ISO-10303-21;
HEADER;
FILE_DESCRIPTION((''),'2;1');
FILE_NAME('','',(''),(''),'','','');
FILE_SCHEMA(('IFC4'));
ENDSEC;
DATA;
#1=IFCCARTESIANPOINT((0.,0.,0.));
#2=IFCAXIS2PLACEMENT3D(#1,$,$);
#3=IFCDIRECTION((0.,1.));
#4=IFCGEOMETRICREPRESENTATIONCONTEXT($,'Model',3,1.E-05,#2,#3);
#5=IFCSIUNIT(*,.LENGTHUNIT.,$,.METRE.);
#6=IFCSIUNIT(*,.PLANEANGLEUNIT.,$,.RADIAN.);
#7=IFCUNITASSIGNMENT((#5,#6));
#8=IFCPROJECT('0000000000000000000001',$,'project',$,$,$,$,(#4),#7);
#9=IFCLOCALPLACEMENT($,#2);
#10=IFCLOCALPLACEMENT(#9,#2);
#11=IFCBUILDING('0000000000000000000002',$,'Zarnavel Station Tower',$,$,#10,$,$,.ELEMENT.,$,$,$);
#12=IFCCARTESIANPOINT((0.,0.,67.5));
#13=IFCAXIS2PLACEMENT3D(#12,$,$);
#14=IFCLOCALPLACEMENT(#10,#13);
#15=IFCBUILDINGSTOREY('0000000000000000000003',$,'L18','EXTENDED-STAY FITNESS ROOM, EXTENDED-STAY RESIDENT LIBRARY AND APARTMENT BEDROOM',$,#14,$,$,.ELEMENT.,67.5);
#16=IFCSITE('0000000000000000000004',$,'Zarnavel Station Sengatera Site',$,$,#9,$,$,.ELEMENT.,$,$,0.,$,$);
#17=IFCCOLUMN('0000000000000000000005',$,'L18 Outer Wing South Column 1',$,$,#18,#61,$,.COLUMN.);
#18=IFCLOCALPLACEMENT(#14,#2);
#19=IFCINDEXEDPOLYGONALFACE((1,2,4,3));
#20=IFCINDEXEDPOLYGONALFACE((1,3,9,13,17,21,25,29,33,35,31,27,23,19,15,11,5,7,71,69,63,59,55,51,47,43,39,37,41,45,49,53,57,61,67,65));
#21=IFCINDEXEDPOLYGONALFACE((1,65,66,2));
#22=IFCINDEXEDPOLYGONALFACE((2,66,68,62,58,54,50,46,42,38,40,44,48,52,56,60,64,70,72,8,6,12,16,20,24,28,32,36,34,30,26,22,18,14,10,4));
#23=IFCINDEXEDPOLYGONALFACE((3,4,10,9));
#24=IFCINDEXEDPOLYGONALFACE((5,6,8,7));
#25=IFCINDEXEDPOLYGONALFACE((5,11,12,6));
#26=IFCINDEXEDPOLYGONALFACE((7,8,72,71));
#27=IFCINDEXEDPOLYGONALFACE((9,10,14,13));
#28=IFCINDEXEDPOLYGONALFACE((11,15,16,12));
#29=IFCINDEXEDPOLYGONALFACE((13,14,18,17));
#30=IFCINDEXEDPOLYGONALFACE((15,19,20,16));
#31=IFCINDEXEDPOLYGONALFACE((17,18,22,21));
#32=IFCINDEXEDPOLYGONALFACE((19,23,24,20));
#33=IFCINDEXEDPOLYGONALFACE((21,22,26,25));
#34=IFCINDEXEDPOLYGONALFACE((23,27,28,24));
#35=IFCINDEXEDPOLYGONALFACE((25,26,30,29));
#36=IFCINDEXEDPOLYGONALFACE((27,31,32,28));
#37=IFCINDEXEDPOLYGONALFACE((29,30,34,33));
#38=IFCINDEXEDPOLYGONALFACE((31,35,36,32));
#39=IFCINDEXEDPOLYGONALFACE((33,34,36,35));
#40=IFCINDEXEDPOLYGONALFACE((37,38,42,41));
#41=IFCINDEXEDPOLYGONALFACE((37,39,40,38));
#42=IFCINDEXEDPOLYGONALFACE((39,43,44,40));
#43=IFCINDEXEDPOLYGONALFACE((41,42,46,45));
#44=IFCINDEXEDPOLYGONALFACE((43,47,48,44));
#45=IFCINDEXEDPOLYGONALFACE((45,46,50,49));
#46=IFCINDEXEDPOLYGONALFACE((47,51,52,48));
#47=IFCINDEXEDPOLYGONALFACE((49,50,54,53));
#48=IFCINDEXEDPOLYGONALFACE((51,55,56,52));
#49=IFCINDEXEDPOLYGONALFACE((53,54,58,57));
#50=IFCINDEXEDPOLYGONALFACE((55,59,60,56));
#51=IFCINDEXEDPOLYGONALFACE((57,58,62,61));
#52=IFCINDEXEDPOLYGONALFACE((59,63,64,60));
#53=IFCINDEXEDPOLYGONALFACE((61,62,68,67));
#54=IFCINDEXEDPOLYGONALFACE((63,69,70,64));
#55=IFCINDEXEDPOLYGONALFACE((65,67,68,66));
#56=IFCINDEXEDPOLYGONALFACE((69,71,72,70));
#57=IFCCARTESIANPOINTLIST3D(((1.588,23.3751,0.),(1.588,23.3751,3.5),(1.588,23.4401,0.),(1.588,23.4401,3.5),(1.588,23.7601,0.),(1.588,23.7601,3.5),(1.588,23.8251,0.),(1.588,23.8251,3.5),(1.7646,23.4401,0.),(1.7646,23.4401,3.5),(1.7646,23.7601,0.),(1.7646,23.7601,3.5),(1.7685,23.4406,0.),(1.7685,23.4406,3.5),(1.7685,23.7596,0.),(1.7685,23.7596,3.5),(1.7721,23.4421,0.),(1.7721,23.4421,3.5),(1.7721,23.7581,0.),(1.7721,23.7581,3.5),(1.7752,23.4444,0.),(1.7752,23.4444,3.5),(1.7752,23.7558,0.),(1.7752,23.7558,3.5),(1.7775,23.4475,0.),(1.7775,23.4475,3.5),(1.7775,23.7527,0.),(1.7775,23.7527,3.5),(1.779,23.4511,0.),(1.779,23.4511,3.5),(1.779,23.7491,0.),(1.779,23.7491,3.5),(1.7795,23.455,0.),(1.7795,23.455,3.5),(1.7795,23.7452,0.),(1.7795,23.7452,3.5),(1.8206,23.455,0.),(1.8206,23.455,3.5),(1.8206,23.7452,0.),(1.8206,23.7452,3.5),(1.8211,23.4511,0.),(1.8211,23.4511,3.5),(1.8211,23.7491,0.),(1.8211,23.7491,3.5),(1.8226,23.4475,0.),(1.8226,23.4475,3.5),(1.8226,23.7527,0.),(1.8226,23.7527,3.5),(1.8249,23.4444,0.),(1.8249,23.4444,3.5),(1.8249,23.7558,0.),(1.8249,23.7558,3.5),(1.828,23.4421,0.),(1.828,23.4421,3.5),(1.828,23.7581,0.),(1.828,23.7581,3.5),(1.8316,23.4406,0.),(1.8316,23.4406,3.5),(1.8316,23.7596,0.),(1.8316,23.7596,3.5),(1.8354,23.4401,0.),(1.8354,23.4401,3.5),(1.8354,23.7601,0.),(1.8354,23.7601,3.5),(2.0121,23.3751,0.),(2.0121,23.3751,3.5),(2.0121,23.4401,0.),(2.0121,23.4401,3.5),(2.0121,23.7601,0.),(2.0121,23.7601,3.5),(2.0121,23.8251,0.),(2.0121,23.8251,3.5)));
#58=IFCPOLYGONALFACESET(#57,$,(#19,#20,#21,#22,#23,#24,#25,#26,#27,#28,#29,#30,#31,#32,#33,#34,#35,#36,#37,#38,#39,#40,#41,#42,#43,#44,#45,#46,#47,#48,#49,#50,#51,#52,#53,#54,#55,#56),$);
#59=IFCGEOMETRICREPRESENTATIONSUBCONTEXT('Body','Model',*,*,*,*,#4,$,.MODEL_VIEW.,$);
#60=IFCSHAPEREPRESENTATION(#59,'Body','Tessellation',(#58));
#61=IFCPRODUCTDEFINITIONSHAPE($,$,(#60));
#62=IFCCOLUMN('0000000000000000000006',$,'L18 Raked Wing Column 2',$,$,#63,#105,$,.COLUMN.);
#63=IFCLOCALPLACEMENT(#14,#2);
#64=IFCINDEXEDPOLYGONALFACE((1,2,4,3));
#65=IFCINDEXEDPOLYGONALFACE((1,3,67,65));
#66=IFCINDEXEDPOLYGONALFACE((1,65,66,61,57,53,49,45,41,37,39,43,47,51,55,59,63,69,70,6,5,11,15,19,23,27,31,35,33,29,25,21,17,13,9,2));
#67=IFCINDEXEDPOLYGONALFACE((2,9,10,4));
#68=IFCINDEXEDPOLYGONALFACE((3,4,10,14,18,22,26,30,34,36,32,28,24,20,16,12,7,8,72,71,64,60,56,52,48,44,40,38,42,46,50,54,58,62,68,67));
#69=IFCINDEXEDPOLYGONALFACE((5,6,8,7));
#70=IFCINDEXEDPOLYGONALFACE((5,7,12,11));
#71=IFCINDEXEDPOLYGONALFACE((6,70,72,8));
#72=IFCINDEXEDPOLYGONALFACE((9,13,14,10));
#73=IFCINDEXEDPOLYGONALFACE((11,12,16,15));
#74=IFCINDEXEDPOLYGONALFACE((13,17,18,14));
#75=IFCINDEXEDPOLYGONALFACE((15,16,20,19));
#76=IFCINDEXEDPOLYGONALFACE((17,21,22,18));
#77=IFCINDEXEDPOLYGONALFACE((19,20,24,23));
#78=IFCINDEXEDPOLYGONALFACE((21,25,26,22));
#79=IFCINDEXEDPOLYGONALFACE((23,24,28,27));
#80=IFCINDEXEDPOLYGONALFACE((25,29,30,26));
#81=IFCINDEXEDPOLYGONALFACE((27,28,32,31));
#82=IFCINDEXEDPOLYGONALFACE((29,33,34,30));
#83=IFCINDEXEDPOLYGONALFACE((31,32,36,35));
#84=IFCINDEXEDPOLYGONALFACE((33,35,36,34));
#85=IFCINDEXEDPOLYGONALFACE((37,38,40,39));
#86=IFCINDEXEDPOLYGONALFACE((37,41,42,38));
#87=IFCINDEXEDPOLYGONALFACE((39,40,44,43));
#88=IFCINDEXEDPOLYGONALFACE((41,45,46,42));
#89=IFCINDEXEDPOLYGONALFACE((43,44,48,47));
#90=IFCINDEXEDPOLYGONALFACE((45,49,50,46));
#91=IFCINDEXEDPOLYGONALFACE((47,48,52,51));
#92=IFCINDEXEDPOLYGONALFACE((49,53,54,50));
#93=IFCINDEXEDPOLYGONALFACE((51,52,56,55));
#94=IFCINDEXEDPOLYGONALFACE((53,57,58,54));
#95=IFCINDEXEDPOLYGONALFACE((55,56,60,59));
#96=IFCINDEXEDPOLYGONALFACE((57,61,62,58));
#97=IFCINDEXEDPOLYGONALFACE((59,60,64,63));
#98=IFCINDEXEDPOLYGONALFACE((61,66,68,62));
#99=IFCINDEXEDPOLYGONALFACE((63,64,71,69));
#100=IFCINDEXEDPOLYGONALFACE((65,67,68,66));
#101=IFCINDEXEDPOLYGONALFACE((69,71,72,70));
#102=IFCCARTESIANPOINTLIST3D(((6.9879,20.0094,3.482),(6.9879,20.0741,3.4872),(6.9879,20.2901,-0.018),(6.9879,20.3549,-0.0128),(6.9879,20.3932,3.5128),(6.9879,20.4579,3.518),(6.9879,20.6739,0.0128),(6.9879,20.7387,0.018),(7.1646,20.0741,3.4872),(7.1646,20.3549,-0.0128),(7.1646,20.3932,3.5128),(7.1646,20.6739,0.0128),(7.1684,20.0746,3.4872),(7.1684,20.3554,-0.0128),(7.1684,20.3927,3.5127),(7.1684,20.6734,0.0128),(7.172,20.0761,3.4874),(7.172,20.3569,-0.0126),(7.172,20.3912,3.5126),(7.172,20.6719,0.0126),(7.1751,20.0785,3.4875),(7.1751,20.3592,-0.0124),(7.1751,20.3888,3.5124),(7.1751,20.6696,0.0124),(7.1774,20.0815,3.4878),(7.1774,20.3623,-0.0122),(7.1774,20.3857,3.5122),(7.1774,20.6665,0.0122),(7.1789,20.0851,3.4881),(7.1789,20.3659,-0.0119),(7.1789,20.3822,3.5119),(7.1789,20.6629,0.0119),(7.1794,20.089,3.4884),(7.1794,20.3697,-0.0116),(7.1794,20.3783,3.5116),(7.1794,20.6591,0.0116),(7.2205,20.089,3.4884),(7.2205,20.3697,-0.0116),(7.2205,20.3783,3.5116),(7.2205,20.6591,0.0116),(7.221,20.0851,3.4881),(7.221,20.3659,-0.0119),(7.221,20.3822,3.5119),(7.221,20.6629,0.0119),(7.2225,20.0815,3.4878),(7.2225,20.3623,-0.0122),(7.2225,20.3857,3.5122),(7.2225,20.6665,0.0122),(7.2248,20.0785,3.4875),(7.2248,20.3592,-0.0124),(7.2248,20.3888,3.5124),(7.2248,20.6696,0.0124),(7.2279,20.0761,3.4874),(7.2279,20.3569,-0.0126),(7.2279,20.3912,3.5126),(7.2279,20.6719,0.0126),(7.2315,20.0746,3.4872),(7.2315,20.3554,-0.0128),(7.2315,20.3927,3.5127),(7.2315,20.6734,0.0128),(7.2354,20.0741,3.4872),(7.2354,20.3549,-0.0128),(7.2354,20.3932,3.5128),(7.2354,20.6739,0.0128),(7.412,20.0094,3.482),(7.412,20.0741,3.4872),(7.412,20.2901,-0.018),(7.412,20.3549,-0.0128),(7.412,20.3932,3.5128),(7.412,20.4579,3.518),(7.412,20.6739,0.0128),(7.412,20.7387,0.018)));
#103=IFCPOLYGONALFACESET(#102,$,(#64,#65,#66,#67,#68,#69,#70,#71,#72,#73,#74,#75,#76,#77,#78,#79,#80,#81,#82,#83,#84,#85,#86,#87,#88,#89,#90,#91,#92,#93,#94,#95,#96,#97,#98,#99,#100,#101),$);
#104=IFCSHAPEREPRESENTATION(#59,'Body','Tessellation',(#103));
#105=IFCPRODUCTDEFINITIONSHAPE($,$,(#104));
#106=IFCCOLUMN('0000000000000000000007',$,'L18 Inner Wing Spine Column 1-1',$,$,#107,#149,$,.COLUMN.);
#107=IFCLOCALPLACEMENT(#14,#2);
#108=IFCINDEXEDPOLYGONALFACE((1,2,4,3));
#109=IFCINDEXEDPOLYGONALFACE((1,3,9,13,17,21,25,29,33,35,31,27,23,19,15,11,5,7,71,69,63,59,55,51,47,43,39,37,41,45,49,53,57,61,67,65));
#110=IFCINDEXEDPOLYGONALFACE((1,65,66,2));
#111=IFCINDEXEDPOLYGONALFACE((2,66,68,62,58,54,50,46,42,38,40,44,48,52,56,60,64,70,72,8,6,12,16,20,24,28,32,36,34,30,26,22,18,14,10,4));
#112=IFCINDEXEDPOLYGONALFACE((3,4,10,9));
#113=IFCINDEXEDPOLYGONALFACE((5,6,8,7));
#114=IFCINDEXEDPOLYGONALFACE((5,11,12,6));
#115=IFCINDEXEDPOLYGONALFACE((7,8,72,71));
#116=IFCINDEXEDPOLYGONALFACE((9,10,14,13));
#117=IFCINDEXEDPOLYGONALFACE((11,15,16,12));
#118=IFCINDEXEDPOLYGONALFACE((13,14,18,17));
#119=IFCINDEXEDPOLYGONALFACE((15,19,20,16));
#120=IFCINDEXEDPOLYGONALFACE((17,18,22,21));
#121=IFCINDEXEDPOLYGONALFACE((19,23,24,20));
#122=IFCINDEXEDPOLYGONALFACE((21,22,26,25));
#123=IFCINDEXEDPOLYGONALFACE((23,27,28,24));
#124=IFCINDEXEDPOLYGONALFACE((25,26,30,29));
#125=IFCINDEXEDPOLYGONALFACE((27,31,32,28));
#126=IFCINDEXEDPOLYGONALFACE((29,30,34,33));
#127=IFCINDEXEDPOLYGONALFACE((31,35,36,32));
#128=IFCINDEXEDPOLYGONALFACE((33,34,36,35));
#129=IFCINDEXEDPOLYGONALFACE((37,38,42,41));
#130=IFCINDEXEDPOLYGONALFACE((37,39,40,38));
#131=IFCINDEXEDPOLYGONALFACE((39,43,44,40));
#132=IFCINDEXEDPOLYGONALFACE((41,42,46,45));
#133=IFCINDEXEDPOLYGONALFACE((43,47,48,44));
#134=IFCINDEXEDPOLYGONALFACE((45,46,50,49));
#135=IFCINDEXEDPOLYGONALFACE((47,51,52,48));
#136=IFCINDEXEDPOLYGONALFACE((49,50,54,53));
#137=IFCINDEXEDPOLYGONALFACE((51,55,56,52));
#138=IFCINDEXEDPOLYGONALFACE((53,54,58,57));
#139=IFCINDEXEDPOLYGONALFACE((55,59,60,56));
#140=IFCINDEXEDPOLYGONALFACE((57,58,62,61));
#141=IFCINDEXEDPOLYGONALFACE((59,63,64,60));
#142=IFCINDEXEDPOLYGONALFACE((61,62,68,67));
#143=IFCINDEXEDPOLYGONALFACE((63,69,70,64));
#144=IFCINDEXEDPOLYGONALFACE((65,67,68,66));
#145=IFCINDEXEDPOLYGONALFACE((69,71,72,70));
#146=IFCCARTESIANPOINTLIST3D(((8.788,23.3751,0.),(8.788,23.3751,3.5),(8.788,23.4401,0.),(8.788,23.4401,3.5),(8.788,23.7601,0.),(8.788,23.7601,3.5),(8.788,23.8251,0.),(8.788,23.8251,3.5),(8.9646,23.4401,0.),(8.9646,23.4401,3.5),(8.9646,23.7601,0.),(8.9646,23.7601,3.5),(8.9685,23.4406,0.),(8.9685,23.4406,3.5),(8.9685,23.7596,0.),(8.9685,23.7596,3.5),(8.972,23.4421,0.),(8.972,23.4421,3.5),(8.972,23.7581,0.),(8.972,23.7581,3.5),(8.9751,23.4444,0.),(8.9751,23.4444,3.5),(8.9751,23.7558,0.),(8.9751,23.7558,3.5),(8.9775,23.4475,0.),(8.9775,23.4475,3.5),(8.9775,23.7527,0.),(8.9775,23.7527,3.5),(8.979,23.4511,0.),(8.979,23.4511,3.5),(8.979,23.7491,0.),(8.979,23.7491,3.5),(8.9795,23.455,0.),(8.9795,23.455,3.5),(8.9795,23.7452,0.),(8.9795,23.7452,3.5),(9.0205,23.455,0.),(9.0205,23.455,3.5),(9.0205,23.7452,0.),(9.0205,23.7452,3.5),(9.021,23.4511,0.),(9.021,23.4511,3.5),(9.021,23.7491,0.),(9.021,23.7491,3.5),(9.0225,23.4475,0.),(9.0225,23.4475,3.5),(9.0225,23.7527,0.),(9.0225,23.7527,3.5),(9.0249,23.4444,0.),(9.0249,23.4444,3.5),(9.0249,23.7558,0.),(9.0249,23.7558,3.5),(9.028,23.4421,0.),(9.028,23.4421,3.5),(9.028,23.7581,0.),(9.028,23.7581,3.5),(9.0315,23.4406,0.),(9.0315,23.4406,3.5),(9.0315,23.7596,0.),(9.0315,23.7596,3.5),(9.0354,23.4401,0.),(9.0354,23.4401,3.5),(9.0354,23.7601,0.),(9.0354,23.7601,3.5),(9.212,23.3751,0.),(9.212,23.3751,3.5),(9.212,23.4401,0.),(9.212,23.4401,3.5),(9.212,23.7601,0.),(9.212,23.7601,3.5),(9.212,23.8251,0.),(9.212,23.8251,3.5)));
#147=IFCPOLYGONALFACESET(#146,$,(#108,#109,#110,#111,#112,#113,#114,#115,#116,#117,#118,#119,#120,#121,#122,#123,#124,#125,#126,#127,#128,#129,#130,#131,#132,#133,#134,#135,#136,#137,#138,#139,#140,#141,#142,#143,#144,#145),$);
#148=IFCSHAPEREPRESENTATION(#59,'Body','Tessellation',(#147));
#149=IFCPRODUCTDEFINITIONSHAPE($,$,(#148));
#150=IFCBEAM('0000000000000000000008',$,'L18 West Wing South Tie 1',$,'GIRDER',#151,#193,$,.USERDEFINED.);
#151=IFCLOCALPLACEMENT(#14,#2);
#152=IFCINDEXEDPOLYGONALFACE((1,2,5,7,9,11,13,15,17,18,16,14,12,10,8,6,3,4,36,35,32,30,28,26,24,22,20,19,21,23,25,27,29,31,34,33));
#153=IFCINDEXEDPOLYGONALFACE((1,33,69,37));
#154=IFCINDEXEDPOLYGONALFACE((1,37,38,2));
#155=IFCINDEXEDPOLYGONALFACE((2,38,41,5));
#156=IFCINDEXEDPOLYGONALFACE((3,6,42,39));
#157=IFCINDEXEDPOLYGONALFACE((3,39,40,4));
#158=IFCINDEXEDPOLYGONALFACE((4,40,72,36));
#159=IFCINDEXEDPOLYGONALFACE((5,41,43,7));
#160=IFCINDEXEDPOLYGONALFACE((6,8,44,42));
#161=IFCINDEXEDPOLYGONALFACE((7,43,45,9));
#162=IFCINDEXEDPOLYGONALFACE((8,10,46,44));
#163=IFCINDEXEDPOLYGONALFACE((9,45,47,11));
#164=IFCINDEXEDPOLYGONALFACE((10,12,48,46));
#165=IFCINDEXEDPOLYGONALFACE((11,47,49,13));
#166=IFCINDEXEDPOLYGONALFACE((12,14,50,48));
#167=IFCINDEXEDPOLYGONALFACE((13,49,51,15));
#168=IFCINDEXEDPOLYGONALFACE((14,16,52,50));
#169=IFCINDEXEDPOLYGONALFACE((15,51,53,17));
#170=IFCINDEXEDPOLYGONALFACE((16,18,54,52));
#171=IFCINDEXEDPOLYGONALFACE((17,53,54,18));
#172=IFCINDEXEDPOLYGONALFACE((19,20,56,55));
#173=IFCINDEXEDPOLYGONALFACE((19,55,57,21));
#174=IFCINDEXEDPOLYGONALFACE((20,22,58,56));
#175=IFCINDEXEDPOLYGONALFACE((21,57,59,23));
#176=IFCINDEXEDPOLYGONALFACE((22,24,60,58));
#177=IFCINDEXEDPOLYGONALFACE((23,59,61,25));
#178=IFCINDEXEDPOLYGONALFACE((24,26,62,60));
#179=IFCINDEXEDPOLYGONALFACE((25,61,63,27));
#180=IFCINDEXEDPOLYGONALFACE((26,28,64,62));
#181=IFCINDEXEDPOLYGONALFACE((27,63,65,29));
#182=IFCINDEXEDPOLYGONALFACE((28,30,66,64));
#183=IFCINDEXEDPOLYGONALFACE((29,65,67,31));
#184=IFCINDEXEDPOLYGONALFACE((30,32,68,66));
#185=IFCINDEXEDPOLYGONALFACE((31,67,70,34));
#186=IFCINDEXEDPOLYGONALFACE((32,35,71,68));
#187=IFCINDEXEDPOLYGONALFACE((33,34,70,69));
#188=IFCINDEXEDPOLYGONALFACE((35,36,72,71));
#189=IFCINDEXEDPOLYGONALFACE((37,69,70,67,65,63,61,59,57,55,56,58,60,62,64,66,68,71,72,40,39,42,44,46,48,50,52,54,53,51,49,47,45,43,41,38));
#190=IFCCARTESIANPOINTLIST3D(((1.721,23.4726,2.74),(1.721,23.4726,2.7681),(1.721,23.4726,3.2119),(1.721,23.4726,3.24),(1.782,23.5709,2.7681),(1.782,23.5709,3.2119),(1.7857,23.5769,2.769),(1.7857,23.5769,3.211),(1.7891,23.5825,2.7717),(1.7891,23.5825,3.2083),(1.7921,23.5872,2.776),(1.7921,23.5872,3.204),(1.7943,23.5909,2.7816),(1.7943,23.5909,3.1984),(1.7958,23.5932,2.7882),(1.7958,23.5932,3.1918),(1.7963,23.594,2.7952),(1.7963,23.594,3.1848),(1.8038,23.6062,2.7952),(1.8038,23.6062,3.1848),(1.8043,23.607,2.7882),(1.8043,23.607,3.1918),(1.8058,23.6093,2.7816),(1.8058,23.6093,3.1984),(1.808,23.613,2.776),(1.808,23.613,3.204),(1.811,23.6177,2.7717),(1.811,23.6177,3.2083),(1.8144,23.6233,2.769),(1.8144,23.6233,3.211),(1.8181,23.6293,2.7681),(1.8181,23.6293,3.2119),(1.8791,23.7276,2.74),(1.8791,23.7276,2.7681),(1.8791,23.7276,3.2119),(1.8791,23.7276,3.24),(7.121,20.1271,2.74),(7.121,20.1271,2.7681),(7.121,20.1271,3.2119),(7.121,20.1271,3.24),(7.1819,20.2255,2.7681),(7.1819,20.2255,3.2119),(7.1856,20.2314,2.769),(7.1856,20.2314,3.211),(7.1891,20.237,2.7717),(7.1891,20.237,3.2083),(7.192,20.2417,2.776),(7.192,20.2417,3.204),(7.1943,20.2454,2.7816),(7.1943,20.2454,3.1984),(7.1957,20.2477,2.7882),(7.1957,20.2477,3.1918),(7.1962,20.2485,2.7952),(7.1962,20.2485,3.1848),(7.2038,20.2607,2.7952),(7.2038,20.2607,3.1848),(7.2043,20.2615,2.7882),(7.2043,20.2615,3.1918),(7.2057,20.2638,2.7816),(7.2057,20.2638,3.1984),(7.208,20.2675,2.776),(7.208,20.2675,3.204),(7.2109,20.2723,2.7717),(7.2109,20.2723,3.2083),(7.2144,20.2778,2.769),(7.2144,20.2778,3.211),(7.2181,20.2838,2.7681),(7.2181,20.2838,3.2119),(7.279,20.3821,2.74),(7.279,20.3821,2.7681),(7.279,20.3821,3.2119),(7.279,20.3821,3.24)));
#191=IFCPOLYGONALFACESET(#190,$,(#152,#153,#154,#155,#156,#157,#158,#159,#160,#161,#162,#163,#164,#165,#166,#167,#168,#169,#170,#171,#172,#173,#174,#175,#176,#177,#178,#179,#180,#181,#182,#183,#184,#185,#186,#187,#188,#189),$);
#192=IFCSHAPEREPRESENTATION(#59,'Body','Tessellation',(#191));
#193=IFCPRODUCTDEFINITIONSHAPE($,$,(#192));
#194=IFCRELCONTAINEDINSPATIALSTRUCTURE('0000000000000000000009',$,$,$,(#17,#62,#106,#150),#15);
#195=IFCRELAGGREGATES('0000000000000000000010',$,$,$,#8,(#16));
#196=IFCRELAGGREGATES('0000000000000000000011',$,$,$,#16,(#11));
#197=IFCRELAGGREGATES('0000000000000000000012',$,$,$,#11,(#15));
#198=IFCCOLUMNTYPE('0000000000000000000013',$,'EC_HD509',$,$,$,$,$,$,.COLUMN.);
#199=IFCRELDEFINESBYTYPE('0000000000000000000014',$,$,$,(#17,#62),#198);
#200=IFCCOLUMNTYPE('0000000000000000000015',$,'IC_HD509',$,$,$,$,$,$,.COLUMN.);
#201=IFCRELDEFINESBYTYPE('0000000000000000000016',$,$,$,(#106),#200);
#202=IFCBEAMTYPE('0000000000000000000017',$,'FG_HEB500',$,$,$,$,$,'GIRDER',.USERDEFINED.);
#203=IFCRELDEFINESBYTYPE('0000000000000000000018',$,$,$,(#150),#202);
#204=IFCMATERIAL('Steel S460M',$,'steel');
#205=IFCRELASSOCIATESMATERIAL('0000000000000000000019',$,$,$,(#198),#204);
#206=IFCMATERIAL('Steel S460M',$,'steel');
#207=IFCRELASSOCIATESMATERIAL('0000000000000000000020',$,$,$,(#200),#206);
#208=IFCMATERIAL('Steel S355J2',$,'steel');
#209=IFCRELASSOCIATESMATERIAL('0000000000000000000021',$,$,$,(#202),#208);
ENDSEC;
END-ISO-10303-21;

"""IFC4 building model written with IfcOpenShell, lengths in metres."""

from ifc_helpers import new_model, si_unit, direction, frame, origin, origin_2d, place, context, subcontext, project, spatial, i_section, extrude, material, material_profile, profile_set, type_object, element, save


model = new_model("IFC4")

# Units and contexts
model_context = context("Model", 3, precision=1e-05, world=origin(), true_north=direction((0.0, 1.0)))
body_context = subcontext(model_context, "Body", "Model", "MODEL_VIEW")
ifc_project = project(units=[si_unit("LENGTHUNIT", "METRE"), si_unit("PLANEANGLEUNIT", "RADIAN")], contexts=[model_context])

# Site, building, storey
site_placement = place(None, origin())
site = spatial("IfcSite", under=ifc_project, at=site_placement, Name="Zarnavel Station Sengatera Site", CompositionType="ELEMENT", RefElevation=0.0)
building_placement = place(site_placement, origin())
building = spatial("IfcBuilding", under=site, at=building_placement, Name="Zarnavel Station Tower", CompositionType="ELEMENT")
storey_placement = place(building_placement, frame((0.0, 0.0, 67.5)))
storey = spatial("IfcBuildingStorey", under=building, at=storey_placement, Name="L18", Description="EXTENDED-STAY FITNESS ROOM, EXTENDED-STAY RESIDENT LIBRARY AND APARTMENT BEDROOM", CompositionType="ELEMENT", Elevation=67.5)

# Columns
ifc_material_1 = material(Name="Steel S460M", Category="steel")
ifc_material_profile_1 = material_profile(ifc_material_1, i_section(OverallWidth=0.4241, OverallDepth=0.45, WebThickness=0.041, FlangeThickness=0.0649, FilletRadius=0.0149, at=origin_2d()), Name="HD400x509")
ifc_profile_set_1 = profile_set([ifc_material_profile_1], Name="Steel S460M")
column_type_1 = type_object("IfcColumnType", Name="EC_HD509", PredefinedType="COLUMN", material=ifc_profile_set_1)
column_1_placement = place(storey_placement, frame((1.8, 23.6001, 0.0), z_axis=(0.0, 0.0, 1.0), x_axis=(1.0, 0.0, 0.0)))
element("IfcColumn", 1, at=column_1_placement, inside=storey, type_object=column_type_1, Name="L18 Outer Wing South Column 1", PredefinedType="COLUMN", context=body_context, shape_type="SweptSolid", body=[
    extrude(i_section(OverallWidth=0.4241, OverallDepth=0.45, WebThickness=0.041, FlangeThickness=0.0649, FilletRadius=0.0149, at=origin_2d()), origin(), (0.0, 0.0, 1.0), 3.5),
])
column_2_placement = place(storey_placement, frame((7.2, 20.5144, 0.0), z_axis=(0.0, -0.079961, 0.996798), x_axis=(1.0, 0.0, 0.0)))
element("IfcColumn", 2, at=column_2_placement, inside=storey, type_object=column_type_1, Name="L18 Raked Wing Column 2", PredefinedType="COLUMN", context=body_context, shape_type="SweptSolid", body=[
    extrude(i_section(OverallWidth=0.4241, OverallDepth=0.45, WebThickness=0.041, FlangeThickness=0.0649, FilletRadius=0.0149, at=origin_2d()), origin(), (0.0, 0.0, 1.0), 3.5112),
])
ifc_material_2 = material(Name="Steel S460M", Category="steel")
ifc_material_profile_2 = material_profile(ifc_material_2, i_section(OverallWidth=0.4241, OverallDepth=0.45, WebThickness=0.041, FlangeThickness=0.0649, FilletRadius=0.0149, at=origin_2d()), Name="HD400x509")
ifc_profile_set_2 = profile_set([ifc_material_profile_2], Name="Steel S460M")
column_type_2 = type_object("IfcColumnType", Name="IC_HD509", PredefinedType="COLUMN", material=ifc_profile_set_2)
column_3_placement = place(storey_placement, frame((9.0, 23.6001, 0.0), z_axis=(0.0, 0.0, 1.0), x_axis=(1.0, 0.0, 0.0)))
element("IfcColumn", 3, at=column_3_placement, inside=storey, type_object=column_type_2, Name="L18 Inner Wing Spine Column 1-1", PredefinedType="COLUMN", context=body_context, shape_type="SweptSolid", body=[
    extrude(i_section(OverallWidth=0.4241, OverallDepth=0.45, WebThickness=0.041, FlangeThickness=0.0649, FilletRadius=0.0149, at=origin_2d()), origin(), (0.0, 0.0, 1.0), 3.5),
])

# Beam
ifc_material_3 = material(Name="Steel S355J2", Category="steel")
ifc_material_profile_3 = material_profile(ifc_material_3, i_section(OverallWidth=0.3, OverallDepth=0.5, WebThickness=0.0144, FlangeThickness=0.0281, FilletRadius=0.0271, at=origin_2d()), Name="HEB500")
ifc_profile_set_3 = profile_set([ifc_material_profile_3], Name="Steel S355J2")
beam_type_1 = type_object("IfcBeamType", Name="FG_HEB500", ElementType="GIRDER", PredefinedType="USERDEFINED", material=ifc_profile_set_3)
beam_1_placement = place(storey_placement, frame((1.8, 23.6001, 2.99), z_axis=(0.850078, -0.526658, 0.0), x_axis=(0.526658, 0.850078, 0.0)))
element("IfcBeam", 4, at=beam_1_placement, inside=storey, type_object=beam_type_1, Name="L18 West Wing South Tie 1", ObjectType="GIRDER", PredefinedType="USERDEFINED", context=body_context, shape_type="SweptSolid", body=[
    extrude(i_section(OverallWidth=0.3, OverallDepth=0.5, WebThickness=0.0144, FlangeThickness=0.0281, FilletRadius=0.0271, at=origin_2d()), origin(), (0.0, 0.0, 1.0), 6.3523),
])

save(model, "model.ifc")
